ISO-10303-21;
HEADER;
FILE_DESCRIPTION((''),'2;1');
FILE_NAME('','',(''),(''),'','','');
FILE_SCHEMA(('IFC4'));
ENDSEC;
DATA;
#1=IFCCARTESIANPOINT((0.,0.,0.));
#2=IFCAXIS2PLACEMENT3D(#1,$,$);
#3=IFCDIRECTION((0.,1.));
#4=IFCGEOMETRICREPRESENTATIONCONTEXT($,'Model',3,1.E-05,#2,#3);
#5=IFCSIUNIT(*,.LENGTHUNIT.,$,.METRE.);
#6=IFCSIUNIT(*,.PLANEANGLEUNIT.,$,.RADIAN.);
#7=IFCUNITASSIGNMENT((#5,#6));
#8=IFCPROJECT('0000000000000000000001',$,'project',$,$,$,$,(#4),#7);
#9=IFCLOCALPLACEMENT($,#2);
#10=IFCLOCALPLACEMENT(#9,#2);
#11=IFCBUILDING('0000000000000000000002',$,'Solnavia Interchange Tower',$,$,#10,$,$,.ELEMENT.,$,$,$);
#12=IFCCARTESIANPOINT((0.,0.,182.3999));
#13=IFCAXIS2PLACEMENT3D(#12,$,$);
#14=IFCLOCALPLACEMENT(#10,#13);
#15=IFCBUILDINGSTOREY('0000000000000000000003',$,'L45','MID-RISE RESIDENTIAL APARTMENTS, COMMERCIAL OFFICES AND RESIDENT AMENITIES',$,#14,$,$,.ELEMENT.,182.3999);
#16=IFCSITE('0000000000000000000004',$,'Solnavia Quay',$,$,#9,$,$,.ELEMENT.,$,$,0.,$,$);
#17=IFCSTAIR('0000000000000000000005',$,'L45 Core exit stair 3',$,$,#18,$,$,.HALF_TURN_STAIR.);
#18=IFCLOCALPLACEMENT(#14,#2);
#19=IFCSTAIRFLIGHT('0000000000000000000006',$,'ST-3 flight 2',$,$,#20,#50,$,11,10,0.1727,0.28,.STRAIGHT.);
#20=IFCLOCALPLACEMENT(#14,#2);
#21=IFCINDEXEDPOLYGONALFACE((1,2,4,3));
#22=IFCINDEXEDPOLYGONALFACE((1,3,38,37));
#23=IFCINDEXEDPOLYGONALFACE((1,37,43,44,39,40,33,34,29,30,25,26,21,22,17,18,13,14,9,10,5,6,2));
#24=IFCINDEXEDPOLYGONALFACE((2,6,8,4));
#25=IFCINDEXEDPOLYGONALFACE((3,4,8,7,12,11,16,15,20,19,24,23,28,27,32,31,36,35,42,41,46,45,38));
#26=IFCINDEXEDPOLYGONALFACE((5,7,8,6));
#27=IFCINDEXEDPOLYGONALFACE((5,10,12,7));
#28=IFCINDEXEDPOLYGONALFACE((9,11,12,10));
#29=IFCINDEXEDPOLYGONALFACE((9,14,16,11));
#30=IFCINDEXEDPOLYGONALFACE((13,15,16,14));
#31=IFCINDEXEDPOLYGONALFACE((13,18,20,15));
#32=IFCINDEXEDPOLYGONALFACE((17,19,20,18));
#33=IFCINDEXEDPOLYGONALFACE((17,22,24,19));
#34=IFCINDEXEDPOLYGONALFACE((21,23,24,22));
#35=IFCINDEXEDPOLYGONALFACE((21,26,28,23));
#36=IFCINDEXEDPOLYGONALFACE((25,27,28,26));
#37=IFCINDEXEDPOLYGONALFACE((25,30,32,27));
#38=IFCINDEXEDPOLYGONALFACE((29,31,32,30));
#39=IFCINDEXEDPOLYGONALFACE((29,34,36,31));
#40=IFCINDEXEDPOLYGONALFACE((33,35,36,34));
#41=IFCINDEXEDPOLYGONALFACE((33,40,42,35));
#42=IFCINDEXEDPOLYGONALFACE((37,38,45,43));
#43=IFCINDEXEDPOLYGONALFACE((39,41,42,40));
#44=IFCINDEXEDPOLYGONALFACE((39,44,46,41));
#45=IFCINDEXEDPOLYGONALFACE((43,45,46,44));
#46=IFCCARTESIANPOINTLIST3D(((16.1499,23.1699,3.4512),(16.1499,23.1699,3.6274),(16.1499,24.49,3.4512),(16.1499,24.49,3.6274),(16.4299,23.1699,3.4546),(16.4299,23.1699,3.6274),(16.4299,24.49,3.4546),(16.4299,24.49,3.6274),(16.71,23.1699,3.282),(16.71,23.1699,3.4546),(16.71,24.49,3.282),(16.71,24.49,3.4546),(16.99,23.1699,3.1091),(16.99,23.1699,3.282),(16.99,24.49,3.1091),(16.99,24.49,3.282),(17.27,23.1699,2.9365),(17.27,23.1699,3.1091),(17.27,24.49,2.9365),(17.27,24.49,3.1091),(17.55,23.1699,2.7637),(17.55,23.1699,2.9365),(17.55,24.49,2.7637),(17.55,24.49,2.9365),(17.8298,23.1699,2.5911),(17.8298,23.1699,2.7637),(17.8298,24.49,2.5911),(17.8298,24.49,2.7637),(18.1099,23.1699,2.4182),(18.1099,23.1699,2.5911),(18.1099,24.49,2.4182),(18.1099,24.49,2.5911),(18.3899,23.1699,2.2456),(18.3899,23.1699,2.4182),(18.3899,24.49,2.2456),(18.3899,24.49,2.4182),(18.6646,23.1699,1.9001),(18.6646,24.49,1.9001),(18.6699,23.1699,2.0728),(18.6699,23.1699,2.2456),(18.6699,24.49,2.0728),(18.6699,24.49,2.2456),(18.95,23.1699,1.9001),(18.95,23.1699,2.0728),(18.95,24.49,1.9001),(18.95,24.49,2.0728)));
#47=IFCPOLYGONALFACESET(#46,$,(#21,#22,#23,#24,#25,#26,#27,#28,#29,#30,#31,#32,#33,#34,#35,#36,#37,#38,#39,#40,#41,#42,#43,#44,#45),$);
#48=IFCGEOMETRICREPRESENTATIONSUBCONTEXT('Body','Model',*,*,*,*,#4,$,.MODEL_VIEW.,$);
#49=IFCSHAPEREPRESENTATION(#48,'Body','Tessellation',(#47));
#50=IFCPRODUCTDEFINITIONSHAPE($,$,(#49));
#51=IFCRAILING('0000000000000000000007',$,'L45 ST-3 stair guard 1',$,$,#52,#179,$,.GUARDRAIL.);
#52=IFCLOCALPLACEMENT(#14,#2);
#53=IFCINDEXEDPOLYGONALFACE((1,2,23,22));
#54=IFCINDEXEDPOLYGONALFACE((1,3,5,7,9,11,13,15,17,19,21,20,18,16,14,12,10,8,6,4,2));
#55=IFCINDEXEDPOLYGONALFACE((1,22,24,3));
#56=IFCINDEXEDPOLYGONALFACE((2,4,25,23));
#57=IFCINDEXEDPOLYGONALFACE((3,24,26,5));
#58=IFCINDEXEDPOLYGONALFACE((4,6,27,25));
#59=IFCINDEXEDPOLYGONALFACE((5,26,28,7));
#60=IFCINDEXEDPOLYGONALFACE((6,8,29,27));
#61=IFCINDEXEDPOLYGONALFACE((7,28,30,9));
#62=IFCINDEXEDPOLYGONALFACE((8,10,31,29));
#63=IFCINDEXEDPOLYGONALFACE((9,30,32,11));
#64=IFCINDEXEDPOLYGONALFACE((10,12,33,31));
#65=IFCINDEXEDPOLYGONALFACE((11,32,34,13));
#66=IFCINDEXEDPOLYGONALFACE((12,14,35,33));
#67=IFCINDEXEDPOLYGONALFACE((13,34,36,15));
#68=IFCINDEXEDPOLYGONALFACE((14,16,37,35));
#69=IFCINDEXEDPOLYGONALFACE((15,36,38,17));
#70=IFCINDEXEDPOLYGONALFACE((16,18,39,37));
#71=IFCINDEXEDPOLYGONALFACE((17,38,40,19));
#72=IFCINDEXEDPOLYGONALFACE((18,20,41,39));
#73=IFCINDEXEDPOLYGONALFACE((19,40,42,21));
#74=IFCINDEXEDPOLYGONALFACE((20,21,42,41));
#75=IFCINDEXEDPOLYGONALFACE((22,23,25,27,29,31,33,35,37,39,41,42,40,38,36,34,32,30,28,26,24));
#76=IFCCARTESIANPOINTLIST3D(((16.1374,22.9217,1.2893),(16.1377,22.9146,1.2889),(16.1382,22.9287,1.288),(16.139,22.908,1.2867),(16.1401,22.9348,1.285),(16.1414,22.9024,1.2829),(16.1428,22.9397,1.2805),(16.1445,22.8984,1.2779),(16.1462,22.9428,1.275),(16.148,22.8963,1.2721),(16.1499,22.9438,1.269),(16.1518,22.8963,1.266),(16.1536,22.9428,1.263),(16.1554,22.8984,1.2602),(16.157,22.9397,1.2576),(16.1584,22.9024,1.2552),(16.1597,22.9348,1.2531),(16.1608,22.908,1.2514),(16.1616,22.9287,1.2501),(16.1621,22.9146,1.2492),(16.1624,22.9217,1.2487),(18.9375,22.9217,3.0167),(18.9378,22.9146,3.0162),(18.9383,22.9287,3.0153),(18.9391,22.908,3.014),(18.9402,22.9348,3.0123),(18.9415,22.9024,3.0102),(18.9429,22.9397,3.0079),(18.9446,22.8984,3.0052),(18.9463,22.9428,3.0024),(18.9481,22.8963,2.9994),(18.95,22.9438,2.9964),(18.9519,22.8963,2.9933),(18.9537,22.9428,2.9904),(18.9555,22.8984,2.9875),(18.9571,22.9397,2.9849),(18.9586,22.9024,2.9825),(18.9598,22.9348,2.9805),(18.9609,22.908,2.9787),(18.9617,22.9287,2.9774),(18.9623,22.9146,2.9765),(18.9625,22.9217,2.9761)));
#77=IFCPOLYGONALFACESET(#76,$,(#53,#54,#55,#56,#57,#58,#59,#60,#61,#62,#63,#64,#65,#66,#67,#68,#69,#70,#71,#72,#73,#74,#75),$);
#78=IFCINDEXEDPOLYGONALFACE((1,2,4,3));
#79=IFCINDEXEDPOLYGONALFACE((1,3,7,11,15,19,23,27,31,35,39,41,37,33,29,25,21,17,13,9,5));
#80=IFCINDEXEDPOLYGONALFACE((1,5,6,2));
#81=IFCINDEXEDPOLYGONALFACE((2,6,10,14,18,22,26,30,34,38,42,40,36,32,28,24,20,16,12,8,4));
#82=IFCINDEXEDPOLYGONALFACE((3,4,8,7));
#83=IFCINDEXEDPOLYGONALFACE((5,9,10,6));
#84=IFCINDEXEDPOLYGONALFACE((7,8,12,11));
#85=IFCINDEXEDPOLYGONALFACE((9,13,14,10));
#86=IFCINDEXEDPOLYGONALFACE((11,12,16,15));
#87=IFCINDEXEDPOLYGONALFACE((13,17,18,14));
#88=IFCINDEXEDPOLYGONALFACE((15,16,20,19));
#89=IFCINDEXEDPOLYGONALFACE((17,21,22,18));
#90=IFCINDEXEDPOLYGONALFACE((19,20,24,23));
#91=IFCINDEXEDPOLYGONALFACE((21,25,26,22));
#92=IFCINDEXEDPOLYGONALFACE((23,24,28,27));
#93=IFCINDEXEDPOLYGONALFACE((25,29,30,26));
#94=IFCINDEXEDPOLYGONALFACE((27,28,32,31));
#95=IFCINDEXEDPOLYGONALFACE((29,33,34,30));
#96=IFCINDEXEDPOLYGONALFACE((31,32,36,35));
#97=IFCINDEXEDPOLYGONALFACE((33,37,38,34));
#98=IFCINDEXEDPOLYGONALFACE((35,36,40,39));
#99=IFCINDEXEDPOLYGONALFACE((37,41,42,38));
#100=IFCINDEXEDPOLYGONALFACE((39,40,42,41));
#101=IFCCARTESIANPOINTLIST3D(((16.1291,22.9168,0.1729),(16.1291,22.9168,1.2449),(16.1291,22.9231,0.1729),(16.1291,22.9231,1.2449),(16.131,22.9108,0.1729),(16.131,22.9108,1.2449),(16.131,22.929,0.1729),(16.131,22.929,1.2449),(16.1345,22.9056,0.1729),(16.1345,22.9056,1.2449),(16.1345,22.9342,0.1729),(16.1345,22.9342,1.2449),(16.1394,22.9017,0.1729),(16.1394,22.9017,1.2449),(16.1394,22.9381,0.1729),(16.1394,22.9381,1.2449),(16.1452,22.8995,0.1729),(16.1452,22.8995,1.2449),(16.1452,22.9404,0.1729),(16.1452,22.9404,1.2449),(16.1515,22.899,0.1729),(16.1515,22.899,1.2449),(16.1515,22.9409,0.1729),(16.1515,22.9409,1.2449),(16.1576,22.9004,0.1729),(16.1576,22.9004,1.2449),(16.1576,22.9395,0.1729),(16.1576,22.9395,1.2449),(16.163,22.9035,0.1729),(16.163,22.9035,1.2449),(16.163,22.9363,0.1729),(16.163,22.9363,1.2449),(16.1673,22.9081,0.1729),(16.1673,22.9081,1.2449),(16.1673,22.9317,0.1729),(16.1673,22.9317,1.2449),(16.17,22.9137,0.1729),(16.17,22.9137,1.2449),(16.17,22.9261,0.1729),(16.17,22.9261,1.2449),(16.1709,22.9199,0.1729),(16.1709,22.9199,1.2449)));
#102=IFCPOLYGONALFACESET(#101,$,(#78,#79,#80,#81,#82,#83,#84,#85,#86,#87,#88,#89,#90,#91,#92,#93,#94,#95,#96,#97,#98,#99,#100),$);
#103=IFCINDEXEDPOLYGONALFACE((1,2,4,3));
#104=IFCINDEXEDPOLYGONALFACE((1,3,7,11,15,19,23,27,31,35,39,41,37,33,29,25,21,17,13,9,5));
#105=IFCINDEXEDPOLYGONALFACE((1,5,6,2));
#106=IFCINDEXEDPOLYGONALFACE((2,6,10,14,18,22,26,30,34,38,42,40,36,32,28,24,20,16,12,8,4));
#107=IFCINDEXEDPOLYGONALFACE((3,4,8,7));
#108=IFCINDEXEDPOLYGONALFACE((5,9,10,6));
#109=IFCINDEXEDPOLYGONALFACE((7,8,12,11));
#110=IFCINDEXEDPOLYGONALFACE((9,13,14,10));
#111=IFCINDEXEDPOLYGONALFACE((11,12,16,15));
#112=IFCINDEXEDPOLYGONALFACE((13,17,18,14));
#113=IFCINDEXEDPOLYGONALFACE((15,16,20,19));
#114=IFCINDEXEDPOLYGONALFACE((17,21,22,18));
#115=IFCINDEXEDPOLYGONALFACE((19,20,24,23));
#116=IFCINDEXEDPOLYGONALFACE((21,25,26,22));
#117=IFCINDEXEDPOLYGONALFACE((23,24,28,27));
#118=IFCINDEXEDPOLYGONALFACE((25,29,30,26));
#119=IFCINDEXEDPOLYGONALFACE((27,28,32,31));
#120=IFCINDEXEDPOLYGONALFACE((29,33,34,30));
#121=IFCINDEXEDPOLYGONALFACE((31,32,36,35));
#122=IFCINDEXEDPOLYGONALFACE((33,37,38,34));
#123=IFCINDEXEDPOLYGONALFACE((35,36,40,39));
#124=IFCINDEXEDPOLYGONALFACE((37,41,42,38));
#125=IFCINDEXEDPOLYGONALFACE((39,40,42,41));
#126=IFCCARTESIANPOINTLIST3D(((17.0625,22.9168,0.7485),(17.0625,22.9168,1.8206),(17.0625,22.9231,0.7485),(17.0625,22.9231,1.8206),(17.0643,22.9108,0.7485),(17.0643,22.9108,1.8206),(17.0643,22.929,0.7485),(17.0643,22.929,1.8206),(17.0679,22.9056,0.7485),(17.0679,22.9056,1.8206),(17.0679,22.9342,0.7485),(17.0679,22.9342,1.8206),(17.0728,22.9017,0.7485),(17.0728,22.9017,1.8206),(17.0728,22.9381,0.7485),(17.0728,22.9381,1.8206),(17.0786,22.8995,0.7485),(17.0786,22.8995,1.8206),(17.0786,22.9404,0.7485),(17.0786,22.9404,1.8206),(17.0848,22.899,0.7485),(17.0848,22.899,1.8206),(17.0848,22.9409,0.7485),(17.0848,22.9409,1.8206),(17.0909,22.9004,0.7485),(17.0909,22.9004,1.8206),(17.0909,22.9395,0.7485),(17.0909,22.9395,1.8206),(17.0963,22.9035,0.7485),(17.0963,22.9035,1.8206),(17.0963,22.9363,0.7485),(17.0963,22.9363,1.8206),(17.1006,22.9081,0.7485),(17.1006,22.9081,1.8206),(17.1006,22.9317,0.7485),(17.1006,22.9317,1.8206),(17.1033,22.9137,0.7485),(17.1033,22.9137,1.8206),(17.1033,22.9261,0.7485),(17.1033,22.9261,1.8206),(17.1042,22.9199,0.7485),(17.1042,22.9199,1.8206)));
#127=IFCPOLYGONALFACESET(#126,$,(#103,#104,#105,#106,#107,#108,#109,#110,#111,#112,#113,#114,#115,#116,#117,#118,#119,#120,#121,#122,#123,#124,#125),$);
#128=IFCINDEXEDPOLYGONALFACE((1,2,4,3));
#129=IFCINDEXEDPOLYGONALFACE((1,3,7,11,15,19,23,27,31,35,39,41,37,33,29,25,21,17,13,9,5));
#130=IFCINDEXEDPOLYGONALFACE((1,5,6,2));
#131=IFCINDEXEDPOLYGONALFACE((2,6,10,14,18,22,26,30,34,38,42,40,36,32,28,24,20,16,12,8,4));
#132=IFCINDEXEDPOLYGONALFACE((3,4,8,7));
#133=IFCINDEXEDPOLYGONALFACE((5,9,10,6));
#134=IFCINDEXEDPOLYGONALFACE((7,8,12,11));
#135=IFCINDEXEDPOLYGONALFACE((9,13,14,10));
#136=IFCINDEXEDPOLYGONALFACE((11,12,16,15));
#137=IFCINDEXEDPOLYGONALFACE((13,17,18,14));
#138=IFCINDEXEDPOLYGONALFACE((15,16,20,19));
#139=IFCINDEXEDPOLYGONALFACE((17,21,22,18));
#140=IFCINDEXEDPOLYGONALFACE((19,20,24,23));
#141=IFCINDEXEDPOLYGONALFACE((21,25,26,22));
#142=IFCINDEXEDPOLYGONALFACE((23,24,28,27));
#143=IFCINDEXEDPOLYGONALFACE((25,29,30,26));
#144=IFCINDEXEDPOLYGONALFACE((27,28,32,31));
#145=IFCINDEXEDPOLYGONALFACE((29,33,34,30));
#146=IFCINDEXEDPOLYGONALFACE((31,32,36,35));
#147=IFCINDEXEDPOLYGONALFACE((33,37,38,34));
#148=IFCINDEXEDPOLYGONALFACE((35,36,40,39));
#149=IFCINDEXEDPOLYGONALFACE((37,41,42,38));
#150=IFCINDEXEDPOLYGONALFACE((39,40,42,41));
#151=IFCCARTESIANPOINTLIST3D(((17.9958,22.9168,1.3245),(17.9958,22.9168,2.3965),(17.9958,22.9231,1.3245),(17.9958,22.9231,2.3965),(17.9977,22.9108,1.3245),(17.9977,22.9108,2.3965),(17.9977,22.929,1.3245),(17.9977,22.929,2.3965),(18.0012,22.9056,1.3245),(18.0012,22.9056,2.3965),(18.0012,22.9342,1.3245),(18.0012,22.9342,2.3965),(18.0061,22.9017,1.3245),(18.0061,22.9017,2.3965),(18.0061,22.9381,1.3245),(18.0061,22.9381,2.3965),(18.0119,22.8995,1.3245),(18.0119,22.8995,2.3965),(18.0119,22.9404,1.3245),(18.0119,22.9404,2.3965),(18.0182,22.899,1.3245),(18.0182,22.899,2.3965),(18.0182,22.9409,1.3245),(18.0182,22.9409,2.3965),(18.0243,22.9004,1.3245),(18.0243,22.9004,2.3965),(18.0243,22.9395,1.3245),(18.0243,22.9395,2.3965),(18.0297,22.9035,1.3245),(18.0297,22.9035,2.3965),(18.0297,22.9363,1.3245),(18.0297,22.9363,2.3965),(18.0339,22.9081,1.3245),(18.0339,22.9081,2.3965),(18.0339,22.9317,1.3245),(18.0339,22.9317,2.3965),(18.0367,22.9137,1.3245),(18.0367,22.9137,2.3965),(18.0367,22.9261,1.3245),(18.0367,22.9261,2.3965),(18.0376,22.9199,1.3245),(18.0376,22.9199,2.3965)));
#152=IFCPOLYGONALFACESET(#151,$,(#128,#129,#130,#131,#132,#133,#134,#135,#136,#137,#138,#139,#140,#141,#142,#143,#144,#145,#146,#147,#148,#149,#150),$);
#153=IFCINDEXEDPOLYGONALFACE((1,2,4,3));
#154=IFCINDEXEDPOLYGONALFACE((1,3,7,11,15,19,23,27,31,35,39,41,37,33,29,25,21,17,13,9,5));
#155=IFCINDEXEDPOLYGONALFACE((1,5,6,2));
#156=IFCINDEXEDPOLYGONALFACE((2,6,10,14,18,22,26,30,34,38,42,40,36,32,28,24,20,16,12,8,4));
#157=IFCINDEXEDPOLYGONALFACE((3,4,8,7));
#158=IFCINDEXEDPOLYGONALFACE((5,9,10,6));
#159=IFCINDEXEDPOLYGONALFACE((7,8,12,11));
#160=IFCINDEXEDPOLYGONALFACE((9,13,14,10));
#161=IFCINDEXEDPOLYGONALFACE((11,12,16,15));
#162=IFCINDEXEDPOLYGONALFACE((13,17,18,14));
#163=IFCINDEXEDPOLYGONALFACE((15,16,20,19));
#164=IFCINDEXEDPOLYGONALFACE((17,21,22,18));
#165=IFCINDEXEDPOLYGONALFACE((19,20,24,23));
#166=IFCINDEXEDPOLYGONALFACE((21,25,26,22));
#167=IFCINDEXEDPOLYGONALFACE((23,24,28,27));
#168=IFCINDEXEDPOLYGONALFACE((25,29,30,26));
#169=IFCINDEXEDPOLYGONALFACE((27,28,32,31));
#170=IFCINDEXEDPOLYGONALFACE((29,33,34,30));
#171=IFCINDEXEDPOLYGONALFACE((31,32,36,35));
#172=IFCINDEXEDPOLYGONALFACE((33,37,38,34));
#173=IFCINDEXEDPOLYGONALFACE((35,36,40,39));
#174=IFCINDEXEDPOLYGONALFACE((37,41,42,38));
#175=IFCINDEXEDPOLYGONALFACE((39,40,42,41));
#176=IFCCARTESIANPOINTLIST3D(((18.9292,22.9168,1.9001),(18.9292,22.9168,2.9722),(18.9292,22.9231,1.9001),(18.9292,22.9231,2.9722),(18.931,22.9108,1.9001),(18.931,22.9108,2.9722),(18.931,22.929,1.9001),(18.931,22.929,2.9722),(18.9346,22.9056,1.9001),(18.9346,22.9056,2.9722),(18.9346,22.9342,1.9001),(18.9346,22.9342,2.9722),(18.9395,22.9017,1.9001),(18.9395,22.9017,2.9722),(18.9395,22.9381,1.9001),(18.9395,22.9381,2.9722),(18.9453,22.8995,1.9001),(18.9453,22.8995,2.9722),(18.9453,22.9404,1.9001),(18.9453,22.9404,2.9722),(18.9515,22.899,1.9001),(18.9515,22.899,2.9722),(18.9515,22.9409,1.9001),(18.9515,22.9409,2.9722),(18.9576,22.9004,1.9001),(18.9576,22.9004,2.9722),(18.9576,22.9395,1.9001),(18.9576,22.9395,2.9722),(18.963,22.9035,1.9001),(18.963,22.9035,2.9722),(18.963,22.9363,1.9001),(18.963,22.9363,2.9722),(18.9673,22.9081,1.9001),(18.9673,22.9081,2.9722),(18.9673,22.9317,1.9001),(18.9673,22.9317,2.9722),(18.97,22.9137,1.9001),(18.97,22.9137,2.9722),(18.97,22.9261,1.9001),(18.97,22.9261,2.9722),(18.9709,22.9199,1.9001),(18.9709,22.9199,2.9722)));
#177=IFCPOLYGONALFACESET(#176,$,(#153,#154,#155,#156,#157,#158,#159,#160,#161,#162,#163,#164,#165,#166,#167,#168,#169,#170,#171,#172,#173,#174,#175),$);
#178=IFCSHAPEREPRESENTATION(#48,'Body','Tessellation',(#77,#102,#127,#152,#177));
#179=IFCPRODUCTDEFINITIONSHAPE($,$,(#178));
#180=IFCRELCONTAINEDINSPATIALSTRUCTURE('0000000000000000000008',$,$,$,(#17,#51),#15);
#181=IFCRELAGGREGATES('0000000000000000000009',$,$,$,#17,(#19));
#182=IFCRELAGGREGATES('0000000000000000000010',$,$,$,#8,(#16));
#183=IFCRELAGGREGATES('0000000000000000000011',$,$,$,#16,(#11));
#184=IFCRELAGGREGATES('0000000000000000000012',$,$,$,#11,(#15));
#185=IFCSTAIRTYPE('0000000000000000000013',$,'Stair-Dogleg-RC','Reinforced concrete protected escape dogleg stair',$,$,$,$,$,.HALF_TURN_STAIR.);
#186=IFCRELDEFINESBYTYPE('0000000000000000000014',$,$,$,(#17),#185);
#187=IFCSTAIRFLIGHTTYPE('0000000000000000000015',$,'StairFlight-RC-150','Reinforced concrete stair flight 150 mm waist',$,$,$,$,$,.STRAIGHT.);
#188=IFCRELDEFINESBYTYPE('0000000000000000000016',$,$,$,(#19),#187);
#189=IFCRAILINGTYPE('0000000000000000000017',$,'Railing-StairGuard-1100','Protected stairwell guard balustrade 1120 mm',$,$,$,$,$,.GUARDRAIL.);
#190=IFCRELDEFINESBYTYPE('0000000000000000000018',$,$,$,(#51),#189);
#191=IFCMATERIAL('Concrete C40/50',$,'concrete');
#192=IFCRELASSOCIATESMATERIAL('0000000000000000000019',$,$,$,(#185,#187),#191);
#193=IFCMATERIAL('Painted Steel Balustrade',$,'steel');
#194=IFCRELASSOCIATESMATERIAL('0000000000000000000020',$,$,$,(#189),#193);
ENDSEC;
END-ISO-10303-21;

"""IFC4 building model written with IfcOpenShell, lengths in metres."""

from ifc_helpers import new_model, si_unit, direction, frame, origin, origin_2d, place, context, subcontext, project, spatial, polyline, circle, outline, extrude, material, type_object, element, aggregate, save


model = new_model("IFC4")

# Units and contexts
model_context = context("Model", 3, precision=1e-05, world=origin(), true_north=direction((0.0, 1.0)))
body_context = subcontext(model_context, "Body", "Model", "MODEL_VIEW")
ifc_project = project(units=[si_unit("LENGTHUNIT", "METRE"), si_unit("PLANEANGLEUNIT", "RADIAN")], contexts=[model_context])

# Site, building, storey
site_placement = place(None, origin())
site = spatial("IfcSite", under=ifc_project, at=site_placement, Name="Solnavia Quay", CompositionType="ELEMENT", RefElevation=0.0)
building_placement = place(site_placement, origin())
building = spatial("IfcBuilding", under=site, at=building_placement, Name="Solnavia Interchange Tower", CompositionType="ELEMENT")
storey_placement = place(building_placement, frame((0.0, 0.0, 182.3999)))
storey = spatial("IfcBuildingStorey", under=building, at=storey_placement, Name="L45", Description="MID-RISE RESIDENTIAL APARTMENTS, COMMERCIAL OFFICES AND RESIDENT AMENITIES", CompositionType="ELEMENT", Elevation=182.3999)

# Shared definitions
ifc_material_1 = material(Name="Concrete C40/50", Category="concrete")

# Stair, stair flight
stair_type = type_object("IfcStairType", Name="Stair-Dogleg-RC", Description="Reinforced concrete protected escape dogleg stair", PredefinedType="HALF_TURN_STAIR", material=ifc_material_1)
stair_placement = place(storey_placement, origin())
stair = element("IfcStair", 1, at=stair_placement, inside=storey, type_object=stair_type, Name="L45 Core exit stair 3", PredefinedType="HALF_TURN_STAIR")
stair_flight_type = type_object("IfcStairFlightType", Name="StairFlight-RC-150", Description="Reinforced concrete stair flight 150 mm waist", PredefinedType="STRAIGHT", material=ifc_material_1)
stair_flight_1_placement = place(storey_placement, frame((18.95, 23.8301, 1.9001), z_axis=(0.0, 0.0, 1.0), x_axis=(-1.0, 0.0, 0.0)))
stair_flight_1 = element("IfcStairFlight", 2, at=stair_flight_1_placement, type_object=stair_flight_type, Name="ST-3 flight 2", NumberOfRisers=11, NumberOfTreads=10, PredefinedType="STRAIGHT", RiserHeight=0.1727, TreadLength=0.28, context=body_context, shape_type="SweptSolid", body=[
    extrude(outline(polyline([(0.0, 0.0), (0.0, 0.1726), (0.28, 0.1726), (0.28, 0.3455), (0.5601, 0.3455), (0.5601, 0.5181), (0.8401, 0.5181), (0.8401, 0.6909), (1.1201, 0.6909), (1.1201, 0.8635), (1.3999, 0.8635), (1.3999, 1.0364), (1.6799, 1.0364), (1.6799, 1.209), (1.96, 1.209), (1.96, 1.3818), (2.24, 1.3818), (2.24, 1.5544), (2.52, 1.5544), (2.52, 1.7273), (2.8, 1.7273), (2.8, 1.8999), (2.8, 1.551), (0.2854, 0.0), (0.0, 0.0)])), frame((0.0, 0.6602, 0.0), z_axis=(0.0, -1.0, 0.0), x_axis=(1.0, 0.0, 0.0)), (0.0, 0.0, 1.0), 1.3201),
])
aggregate(stair, [stair_flight_1])

# Railing
ifc_material_2 = material(Name="Painted Steel Balustrade", Category="steel")
railing_type_1 = type_object("IfcRailingType", Name="Railing-StairGuard-1100", Description="Protected stairwell guard balustrade 1120 mm", PredefinedType="GUARDRAIL", material=ifc_material_2)
railing_1_placement = place(storey_placement, frame((16.1499, 22.9199, 0.1729)))
element("IfcRailing", 3, at=railing_1_placement, inside=storey, type_object=railing_type_1, Name="L45 ST-3 stair guard 1", PredefinedType="GUARDRAIL", context=body_context, shape_type="SweptSolid", body=[
    extrude(circle(Radius=0.0239, at=origin_2d()), frame((0.0, 0.0, 1.0962), z_axis=(0.85109, 0.0, 0.52502), x_axis=(0.0, 1.0, 0.0)), (0.0, 0.0, 1.0), 3.29),
    extrude(circle(Radius=0.021, at=origin_2d()), origin(), (0.0, 0.0, 1.0), 1.072),
    extrude(circle(Radius=0.021, at=origin_2d()), frame((0.9333, 0.0, 0.5757)), (0.0, 0.0, 1.0), 1.072),
    extrude(circle(Radius=0.021, at=origin_2d()), frame((1.8667, 0.0, 1.1516)), (0.0, 0.0, 1.0), 1.072),
    extrude(circle(Radius=0.021, at=origin_2d()), frame((2.8, 0.0, 1.7273)), (0.0, 0.0, 1.0), 1.072),
])

save(model, "model.ifc")
